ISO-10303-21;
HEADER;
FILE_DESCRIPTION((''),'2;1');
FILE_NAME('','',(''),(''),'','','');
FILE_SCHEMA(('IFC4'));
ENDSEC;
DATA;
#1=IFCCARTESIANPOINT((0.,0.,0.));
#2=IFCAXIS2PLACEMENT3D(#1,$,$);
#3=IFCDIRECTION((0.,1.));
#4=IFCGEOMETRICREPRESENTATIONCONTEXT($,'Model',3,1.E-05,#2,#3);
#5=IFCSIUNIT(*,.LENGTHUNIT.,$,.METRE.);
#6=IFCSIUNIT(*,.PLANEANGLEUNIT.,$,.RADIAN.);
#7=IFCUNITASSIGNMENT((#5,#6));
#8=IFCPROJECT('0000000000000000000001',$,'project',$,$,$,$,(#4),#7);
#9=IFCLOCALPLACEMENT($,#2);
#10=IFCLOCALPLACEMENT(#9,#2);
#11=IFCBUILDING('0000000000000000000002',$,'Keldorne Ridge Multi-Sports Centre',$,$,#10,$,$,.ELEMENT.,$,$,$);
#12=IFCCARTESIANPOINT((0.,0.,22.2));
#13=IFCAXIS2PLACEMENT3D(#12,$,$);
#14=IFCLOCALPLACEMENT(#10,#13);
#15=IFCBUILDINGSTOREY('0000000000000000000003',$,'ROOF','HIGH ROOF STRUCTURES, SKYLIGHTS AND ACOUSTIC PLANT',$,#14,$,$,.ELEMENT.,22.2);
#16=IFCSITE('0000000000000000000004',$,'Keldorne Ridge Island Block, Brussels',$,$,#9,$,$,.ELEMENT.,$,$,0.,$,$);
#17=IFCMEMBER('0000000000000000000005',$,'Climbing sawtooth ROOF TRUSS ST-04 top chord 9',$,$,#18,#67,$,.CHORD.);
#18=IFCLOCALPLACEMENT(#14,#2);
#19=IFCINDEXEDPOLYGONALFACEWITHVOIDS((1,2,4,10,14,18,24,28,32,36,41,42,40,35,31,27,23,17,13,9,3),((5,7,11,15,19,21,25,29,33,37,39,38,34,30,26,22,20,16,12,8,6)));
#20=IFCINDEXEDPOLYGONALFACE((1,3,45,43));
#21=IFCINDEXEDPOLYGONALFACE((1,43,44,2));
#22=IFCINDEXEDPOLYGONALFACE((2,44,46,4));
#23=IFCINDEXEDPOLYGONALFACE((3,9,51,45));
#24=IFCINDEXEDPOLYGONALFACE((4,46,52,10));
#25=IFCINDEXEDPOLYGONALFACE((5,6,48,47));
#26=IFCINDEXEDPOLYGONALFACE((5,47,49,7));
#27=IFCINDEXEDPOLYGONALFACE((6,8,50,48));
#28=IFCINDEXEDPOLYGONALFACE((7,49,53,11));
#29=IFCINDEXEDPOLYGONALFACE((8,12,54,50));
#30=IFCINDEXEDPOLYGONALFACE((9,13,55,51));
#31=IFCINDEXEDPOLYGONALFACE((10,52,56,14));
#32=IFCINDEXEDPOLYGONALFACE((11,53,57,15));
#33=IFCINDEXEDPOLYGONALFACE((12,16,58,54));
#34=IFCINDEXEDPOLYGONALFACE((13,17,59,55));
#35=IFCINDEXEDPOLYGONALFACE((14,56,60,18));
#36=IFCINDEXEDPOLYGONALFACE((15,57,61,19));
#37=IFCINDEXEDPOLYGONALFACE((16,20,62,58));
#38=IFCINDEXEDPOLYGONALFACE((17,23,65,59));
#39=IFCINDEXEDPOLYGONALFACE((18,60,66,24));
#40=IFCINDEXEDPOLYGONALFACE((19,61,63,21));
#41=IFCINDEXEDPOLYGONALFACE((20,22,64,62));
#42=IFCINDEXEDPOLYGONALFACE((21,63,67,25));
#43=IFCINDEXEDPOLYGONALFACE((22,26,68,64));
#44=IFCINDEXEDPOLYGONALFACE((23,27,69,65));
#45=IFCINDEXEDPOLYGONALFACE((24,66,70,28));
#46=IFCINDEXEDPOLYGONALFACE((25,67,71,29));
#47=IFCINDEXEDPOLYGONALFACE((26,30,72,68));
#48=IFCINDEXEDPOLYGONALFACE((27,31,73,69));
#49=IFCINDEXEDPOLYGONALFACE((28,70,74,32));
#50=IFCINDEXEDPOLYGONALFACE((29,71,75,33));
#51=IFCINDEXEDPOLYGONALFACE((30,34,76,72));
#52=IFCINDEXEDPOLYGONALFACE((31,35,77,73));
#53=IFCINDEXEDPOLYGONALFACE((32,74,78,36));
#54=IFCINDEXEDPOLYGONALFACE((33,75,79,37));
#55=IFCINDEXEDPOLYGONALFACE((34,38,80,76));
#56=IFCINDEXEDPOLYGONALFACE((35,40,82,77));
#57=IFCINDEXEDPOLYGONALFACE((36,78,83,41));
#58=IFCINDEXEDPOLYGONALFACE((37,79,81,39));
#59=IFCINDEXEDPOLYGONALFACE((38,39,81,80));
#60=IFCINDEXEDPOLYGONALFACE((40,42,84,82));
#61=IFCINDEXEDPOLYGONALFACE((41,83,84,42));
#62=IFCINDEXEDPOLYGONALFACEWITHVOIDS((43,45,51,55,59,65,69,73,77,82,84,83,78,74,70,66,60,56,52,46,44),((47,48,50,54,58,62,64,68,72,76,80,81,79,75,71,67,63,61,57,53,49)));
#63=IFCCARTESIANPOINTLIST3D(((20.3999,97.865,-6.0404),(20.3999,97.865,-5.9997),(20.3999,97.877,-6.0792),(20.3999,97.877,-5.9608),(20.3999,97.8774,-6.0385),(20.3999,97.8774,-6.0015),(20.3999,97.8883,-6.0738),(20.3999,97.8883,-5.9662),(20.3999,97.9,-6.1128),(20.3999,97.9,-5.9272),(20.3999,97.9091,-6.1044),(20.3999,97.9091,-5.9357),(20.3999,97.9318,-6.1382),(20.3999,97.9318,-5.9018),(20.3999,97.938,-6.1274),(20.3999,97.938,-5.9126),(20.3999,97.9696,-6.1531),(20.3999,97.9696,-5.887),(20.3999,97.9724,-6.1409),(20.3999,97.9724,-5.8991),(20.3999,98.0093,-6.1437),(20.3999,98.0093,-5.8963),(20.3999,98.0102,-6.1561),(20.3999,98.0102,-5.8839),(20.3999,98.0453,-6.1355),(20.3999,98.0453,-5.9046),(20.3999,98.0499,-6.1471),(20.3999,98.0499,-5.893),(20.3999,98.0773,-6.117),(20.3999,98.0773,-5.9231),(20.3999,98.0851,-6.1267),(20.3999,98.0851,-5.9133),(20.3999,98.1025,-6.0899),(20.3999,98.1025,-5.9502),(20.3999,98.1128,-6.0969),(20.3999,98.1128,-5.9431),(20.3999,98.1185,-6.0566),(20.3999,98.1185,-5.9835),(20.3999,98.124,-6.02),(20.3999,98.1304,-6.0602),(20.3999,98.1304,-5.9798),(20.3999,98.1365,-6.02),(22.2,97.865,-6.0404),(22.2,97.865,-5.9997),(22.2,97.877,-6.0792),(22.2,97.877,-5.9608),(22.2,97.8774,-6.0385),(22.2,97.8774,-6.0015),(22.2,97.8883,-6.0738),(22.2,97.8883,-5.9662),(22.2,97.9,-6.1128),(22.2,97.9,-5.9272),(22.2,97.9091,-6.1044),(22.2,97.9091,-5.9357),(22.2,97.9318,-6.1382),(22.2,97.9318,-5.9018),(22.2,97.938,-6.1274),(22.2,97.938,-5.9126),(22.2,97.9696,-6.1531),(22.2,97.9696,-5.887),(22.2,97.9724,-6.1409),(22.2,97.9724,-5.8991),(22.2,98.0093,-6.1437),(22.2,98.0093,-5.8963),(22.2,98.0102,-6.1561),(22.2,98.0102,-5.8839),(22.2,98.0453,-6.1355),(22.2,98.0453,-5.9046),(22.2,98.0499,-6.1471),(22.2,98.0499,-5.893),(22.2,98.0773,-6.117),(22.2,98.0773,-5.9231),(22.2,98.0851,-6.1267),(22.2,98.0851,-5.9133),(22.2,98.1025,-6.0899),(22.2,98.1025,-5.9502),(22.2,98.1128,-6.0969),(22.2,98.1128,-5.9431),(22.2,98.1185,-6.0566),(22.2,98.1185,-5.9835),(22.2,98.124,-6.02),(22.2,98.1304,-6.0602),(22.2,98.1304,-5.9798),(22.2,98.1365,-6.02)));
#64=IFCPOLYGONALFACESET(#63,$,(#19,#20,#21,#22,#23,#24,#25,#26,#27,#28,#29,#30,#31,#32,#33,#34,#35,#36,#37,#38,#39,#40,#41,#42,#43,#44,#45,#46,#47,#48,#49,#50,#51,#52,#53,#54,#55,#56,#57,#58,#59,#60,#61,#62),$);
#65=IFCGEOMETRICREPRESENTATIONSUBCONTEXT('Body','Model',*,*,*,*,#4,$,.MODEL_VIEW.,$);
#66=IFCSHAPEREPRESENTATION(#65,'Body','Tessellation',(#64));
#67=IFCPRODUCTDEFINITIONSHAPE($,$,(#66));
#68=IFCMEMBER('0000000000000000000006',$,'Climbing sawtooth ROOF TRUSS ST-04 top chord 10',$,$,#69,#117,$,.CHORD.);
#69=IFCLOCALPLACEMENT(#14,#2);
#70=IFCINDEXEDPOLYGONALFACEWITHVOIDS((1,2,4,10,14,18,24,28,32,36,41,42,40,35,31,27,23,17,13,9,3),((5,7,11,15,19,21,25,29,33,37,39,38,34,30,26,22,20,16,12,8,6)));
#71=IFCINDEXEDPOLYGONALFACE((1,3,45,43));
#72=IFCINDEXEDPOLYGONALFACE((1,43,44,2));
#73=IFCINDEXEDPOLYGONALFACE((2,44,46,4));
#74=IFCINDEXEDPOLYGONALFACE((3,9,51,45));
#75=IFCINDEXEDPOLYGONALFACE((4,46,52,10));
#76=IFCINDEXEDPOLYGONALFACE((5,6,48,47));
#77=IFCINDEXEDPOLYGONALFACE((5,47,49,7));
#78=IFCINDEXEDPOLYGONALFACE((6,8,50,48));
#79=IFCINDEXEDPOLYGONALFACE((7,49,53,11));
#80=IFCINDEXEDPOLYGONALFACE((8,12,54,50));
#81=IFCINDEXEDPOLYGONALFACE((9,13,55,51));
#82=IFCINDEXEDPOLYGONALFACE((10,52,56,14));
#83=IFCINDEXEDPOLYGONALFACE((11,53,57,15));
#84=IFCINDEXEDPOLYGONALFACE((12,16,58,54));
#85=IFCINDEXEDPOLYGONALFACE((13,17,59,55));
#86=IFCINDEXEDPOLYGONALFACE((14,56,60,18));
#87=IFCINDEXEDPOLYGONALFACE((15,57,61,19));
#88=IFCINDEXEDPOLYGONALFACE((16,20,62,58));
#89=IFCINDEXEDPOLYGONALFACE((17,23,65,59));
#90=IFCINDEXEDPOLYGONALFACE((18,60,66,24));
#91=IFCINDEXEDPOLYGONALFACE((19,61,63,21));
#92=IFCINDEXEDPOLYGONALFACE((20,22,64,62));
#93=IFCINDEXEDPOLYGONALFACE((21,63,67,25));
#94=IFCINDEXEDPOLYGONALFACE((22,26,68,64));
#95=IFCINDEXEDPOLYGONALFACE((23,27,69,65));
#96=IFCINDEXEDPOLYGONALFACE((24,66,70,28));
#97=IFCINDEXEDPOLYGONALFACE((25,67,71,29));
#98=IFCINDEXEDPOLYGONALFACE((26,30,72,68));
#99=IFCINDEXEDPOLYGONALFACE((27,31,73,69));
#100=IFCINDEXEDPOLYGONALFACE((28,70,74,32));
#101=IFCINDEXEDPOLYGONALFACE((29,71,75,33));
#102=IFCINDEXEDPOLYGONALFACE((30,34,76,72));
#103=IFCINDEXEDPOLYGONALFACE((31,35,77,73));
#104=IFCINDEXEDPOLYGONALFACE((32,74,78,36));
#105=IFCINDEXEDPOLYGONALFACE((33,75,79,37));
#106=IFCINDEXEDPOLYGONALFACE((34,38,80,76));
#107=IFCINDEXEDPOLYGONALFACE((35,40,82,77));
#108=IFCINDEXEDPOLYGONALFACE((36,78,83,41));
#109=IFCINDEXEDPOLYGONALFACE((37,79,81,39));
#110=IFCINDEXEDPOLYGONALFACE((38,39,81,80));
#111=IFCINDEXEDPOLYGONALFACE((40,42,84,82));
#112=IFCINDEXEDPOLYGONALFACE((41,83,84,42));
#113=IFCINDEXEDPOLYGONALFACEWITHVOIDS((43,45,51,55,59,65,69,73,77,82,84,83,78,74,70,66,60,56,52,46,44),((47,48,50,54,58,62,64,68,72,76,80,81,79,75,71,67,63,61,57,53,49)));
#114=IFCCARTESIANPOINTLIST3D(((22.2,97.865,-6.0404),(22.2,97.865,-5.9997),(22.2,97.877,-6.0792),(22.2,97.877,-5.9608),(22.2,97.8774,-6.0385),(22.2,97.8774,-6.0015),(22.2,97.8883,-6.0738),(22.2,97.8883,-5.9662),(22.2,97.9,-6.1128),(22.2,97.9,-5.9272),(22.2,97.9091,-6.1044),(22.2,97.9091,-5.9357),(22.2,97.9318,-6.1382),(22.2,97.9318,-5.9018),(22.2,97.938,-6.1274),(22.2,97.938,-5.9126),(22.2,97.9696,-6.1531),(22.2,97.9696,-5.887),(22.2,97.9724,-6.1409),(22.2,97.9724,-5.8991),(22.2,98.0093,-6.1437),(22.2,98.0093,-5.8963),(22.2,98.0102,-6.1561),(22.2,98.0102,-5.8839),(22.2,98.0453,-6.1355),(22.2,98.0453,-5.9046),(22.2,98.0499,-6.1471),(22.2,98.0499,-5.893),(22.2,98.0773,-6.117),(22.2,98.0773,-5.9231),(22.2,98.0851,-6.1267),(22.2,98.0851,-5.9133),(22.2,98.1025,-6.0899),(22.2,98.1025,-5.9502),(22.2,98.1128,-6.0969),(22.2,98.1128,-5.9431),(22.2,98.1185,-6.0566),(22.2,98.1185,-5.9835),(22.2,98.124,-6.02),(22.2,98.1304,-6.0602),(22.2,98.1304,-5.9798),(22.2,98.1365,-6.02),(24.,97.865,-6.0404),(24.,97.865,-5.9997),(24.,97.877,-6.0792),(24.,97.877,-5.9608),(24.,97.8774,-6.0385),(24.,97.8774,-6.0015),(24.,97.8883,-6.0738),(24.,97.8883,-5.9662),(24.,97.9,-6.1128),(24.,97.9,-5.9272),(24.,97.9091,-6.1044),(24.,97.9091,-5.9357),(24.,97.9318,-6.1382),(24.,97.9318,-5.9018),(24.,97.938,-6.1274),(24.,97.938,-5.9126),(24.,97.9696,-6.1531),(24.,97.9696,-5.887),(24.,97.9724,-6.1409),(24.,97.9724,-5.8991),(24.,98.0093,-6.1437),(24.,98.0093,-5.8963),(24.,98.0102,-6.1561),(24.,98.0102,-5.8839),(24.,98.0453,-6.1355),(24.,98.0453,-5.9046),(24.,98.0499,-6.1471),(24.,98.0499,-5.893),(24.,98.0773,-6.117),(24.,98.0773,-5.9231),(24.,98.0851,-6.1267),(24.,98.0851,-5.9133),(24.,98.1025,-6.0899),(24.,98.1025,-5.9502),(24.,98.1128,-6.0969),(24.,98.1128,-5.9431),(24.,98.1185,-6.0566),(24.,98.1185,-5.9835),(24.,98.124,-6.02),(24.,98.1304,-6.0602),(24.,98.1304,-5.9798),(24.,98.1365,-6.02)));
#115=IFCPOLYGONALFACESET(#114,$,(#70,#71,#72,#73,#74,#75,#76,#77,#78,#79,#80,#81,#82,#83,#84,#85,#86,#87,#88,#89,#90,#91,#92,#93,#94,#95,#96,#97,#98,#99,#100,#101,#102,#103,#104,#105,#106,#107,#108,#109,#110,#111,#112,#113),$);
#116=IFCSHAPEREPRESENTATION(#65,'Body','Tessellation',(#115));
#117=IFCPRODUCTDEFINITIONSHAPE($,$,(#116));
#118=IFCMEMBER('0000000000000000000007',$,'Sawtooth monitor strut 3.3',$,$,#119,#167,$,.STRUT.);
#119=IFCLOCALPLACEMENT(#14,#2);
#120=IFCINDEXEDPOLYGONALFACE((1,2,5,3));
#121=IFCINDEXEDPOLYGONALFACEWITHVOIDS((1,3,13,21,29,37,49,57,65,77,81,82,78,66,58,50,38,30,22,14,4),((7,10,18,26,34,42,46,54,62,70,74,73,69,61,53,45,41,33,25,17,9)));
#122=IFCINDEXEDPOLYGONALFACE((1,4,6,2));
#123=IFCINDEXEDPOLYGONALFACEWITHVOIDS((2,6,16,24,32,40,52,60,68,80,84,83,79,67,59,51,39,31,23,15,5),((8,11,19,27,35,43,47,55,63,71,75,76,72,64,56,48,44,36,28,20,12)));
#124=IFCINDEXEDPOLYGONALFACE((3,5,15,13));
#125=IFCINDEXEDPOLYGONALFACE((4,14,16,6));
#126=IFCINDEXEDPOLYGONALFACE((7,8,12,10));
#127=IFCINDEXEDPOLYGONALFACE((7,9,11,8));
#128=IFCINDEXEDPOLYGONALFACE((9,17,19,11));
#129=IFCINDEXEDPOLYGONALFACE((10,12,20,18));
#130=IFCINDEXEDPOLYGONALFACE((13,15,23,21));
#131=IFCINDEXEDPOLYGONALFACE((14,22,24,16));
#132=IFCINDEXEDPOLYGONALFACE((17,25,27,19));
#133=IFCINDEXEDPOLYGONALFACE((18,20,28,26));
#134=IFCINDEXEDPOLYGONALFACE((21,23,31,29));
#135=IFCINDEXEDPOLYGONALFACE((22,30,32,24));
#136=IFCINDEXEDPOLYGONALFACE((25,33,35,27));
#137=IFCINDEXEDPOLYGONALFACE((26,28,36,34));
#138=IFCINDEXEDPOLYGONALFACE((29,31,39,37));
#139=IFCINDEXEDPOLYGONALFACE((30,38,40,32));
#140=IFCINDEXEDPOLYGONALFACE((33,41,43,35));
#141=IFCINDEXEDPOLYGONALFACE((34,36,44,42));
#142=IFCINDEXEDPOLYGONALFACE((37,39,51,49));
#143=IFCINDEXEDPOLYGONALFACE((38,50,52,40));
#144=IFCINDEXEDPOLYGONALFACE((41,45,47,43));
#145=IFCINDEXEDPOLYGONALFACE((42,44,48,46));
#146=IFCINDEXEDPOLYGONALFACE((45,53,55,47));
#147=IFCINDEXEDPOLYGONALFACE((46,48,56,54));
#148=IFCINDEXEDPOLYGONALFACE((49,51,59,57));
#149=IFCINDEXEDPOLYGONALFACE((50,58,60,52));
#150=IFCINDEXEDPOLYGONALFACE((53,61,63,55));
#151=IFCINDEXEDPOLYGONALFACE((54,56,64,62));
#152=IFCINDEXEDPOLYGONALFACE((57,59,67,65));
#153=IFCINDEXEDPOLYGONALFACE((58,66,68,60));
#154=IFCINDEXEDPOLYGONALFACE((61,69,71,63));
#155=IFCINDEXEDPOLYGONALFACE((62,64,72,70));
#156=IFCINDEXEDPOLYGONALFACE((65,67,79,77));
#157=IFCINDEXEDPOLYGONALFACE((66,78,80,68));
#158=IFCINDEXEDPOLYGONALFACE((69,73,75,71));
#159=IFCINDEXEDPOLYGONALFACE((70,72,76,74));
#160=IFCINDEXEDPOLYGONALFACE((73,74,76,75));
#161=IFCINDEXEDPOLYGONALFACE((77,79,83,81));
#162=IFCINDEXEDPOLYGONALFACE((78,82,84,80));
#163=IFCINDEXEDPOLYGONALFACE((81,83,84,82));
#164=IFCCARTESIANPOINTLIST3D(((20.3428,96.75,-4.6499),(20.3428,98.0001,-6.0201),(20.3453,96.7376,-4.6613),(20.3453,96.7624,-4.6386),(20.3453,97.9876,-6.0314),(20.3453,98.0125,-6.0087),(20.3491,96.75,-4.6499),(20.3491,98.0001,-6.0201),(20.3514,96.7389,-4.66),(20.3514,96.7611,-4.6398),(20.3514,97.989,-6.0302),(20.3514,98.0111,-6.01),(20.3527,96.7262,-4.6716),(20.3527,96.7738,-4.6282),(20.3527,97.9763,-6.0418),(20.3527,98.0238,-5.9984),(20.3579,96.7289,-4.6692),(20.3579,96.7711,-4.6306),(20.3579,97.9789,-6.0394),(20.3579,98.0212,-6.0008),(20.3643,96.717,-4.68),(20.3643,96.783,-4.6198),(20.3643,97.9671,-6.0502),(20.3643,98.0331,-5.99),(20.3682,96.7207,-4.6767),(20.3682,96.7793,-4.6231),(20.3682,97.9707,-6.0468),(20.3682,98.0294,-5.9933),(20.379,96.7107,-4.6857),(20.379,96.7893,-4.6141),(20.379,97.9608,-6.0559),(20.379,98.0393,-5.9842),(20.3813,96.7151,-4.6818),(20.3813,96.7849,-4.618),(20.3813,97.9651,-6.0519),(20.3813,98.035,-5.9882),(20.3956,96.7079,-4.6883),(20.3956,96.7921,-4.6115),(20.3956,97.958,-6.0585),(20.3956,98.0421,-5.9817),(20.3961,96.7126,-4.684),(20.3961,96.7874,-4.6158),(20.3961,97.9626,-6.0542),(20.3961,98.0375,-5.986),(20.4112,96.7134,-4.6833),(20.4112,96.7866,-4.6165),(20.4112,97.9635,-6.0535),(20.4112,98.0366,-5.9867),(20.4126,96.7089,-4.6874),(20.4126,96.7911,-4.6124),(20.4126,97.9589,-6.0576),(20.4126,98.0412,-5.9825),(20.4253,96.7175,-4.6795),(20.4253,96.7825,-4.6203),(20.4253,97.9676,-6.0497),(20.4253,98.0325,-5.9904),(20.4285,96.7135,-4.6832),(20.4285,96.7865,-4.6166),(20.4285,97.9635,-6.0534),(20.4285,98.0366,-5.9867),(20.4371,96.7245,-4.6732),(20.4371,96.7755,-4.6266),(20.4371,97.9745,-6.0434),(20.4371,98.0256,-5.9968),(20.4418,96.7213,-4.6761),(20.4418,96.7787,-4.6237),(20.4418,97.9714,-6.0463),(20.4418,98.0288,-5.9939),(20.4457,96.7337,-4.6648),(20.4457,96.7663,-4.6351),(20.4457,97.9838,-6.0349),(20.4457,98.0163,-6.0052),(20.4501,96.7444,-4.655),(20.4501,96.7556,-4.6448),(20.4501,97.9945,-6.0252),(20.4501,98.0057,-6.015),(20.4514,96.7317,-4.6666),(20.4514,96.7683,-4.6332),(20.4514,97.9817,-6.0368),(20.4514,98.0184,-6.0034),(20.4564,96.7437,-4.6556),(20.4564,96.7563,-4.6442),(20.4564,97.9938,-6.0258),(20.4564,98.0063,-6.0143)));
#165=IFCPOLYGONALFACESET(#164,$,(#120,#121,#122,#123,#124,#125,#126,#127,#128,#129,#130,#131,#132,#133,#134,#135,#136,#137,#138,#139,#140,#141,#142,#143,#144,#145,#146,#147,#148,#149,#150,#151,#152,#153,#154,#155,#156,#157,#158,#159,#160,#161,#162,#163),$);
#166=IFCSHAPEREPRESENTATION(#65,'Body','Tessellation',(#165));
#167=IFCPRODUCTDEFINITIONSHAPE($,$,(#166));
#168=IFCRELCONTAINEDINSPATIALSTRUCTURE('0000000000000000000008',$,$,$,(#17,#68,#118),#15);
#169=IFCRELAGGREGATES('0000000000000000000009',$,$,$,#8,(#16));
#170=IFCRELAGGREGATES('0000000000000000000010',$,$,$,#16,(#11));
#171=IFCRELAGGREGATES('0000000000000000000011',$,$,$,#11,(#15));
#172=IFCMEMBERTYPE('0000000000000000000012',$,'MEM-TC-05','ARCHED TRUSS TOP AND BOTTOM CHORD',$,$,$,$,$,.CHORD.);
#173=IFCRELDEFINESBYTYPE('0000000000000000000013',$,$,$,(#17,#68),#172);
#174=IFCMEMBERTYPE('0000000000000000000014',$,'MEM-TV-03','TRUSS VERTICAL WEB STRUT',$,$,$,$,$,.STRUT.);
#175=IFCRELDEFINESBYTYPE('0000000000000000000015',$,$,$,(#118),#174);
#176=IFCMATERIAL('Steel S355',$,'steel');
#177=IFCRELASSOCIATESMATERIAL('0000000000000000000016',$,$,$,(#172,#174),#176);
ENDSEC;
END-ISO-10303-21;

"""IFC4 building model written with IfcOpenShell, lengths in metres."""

from ifc_helpers import new_model, si_unit, direction, frame, origin, origin_2d, place, context, subcontext, project, spatial, hollow_circle, extrude, material, material_profile, profile_set, type_object, element, save


model = new_model("IFC4")

# Units and contexts
model_context = context("Model", 3, precision=1e-05, world=origin(), true_north=direction((0.0, 1.0)))
body_context = subcontext(model_context, "Body", "Model", "MODEL_VIEW")
ifc_project = project(units=[si_unit("LENGTHUNIT", "METRE"), si_unit("PLANEANGLEUNIT", "RADIAN")], contexts=[model_context])

# Site, building, storey
site_placement = place(None, origin())
site = spatial("IfcSite", under=ifc_project, at=site_placement, Name="Keldorne Ridge Island Block, Brussels", CompositionType="ELEMENT", RefElevation=0.0)
building_placement = place(site_placement, origin())
building = spatial("IfcBuilding", under=site, at=building_placement, Name="Keldorne Ridge Multi-Sports Centre", CompositionType="ELEMENT")
storey_placement = place(building_placement, frame((0.0, 0.0, 22.2)))
storey = spatial("IfcBuildingStorey", under=building, at=storey_placement, Name="ROOF", Description="HIGH ROOF STRUCTURES, SKYLIGHTS AND ACOUSTIC PLANT", CompositionType="ELEMENT", Elevation=22.2)

# Shared definitions
ifc_material_1 = material(Name="Steel S355", Category="steel")

# Members
ifc_material_profile_1 = material_profile(ifc_material_1, hollow_circle(Radius=0.1365, WallThickness=0.0125, at=origin_2d()), Name="CHS 273x12.5")
ifc_profile_set_1 = profile_set([ifc_material_profile_1], Name="Steel S355")
member_type_1 = type_object("IfcMemberType", Name="MEM-TC-05", Description="ARCHED TRUSS TOP AND BOTTOM CHORD", PredefinedType="CHORD", material=ifc_profile_set_1)
for number, where, z_axis, x_axis, name in (
    (1, (20.3999, 98.0, -6.02), (1.0, 0.0, 0.0), (0.0, 1.0, 0.0), "Climbing sawtooth ROOF TRUSS ST-04 top chord 9"),
    (2, (22.2, 98.0, -6.02), (1.0, 0.0, 0.0), (0.0, 1.0, 0.0), "Climbing sawtooth ROOF TRUSS ST-04 top chord 10"),
):
    element("IfcMember", number, at=place(storey_placement, frame(where, z_axis=z_axis, x_axis=x_axis)), inside=storey, type_object=member_type_1, Name=name, PredefinedType="CHORD", context=body_context, shape_type="SweptSolid", body=[
        extrude(hollow_circle(Radius=0.1365, WallThickness=0.0125, at=origin_2d()), origin(), (0.0, 0.0, 1.0), 1.8),
    ])
ifc_material_profile_2 = material_profile(ifc_material_1, hollow_circle(Radius=0.0571, WallThickness=0.0063, at=origin_2d()), Name="CHS 114.3x6.3")
ifc_profile_set_2 = profile_set([ifc_material_profile_2], Name="Steel S355")
member_type_2 = type_object("IfcMemberType", Name="MEM-TV-03", Description="TRUSS VERTICAL WEB STRUT", PredefinedType="STRUT", material=ifc_profile_set_2)
for number, where, z_axis, x_axis, name in (
    (3, (20.3999, 96.75, -4.6499), (0.0, 0.673982, -0.738748), (-1.0, 0.0, 0.0), "Sawtooth monitor strut 3.3"),
):
    element("IfcMember", number, at=place(storey_placement, frame(where, z_axis=z_axis, x_axis=x_axis)), inside=storey, type_object=member_type_2, Name=name, PredefinedType="STRUT", context=body_context, shape_type="SweptSolid", body=[
        extrude(hollow_circle(Radius=0.0571, WallThickness=0.0063, at=origin_2d()), origin(), (0.0, 0.0, 1.0), 1.8547),
    ])

save(model, "model.ifc")
